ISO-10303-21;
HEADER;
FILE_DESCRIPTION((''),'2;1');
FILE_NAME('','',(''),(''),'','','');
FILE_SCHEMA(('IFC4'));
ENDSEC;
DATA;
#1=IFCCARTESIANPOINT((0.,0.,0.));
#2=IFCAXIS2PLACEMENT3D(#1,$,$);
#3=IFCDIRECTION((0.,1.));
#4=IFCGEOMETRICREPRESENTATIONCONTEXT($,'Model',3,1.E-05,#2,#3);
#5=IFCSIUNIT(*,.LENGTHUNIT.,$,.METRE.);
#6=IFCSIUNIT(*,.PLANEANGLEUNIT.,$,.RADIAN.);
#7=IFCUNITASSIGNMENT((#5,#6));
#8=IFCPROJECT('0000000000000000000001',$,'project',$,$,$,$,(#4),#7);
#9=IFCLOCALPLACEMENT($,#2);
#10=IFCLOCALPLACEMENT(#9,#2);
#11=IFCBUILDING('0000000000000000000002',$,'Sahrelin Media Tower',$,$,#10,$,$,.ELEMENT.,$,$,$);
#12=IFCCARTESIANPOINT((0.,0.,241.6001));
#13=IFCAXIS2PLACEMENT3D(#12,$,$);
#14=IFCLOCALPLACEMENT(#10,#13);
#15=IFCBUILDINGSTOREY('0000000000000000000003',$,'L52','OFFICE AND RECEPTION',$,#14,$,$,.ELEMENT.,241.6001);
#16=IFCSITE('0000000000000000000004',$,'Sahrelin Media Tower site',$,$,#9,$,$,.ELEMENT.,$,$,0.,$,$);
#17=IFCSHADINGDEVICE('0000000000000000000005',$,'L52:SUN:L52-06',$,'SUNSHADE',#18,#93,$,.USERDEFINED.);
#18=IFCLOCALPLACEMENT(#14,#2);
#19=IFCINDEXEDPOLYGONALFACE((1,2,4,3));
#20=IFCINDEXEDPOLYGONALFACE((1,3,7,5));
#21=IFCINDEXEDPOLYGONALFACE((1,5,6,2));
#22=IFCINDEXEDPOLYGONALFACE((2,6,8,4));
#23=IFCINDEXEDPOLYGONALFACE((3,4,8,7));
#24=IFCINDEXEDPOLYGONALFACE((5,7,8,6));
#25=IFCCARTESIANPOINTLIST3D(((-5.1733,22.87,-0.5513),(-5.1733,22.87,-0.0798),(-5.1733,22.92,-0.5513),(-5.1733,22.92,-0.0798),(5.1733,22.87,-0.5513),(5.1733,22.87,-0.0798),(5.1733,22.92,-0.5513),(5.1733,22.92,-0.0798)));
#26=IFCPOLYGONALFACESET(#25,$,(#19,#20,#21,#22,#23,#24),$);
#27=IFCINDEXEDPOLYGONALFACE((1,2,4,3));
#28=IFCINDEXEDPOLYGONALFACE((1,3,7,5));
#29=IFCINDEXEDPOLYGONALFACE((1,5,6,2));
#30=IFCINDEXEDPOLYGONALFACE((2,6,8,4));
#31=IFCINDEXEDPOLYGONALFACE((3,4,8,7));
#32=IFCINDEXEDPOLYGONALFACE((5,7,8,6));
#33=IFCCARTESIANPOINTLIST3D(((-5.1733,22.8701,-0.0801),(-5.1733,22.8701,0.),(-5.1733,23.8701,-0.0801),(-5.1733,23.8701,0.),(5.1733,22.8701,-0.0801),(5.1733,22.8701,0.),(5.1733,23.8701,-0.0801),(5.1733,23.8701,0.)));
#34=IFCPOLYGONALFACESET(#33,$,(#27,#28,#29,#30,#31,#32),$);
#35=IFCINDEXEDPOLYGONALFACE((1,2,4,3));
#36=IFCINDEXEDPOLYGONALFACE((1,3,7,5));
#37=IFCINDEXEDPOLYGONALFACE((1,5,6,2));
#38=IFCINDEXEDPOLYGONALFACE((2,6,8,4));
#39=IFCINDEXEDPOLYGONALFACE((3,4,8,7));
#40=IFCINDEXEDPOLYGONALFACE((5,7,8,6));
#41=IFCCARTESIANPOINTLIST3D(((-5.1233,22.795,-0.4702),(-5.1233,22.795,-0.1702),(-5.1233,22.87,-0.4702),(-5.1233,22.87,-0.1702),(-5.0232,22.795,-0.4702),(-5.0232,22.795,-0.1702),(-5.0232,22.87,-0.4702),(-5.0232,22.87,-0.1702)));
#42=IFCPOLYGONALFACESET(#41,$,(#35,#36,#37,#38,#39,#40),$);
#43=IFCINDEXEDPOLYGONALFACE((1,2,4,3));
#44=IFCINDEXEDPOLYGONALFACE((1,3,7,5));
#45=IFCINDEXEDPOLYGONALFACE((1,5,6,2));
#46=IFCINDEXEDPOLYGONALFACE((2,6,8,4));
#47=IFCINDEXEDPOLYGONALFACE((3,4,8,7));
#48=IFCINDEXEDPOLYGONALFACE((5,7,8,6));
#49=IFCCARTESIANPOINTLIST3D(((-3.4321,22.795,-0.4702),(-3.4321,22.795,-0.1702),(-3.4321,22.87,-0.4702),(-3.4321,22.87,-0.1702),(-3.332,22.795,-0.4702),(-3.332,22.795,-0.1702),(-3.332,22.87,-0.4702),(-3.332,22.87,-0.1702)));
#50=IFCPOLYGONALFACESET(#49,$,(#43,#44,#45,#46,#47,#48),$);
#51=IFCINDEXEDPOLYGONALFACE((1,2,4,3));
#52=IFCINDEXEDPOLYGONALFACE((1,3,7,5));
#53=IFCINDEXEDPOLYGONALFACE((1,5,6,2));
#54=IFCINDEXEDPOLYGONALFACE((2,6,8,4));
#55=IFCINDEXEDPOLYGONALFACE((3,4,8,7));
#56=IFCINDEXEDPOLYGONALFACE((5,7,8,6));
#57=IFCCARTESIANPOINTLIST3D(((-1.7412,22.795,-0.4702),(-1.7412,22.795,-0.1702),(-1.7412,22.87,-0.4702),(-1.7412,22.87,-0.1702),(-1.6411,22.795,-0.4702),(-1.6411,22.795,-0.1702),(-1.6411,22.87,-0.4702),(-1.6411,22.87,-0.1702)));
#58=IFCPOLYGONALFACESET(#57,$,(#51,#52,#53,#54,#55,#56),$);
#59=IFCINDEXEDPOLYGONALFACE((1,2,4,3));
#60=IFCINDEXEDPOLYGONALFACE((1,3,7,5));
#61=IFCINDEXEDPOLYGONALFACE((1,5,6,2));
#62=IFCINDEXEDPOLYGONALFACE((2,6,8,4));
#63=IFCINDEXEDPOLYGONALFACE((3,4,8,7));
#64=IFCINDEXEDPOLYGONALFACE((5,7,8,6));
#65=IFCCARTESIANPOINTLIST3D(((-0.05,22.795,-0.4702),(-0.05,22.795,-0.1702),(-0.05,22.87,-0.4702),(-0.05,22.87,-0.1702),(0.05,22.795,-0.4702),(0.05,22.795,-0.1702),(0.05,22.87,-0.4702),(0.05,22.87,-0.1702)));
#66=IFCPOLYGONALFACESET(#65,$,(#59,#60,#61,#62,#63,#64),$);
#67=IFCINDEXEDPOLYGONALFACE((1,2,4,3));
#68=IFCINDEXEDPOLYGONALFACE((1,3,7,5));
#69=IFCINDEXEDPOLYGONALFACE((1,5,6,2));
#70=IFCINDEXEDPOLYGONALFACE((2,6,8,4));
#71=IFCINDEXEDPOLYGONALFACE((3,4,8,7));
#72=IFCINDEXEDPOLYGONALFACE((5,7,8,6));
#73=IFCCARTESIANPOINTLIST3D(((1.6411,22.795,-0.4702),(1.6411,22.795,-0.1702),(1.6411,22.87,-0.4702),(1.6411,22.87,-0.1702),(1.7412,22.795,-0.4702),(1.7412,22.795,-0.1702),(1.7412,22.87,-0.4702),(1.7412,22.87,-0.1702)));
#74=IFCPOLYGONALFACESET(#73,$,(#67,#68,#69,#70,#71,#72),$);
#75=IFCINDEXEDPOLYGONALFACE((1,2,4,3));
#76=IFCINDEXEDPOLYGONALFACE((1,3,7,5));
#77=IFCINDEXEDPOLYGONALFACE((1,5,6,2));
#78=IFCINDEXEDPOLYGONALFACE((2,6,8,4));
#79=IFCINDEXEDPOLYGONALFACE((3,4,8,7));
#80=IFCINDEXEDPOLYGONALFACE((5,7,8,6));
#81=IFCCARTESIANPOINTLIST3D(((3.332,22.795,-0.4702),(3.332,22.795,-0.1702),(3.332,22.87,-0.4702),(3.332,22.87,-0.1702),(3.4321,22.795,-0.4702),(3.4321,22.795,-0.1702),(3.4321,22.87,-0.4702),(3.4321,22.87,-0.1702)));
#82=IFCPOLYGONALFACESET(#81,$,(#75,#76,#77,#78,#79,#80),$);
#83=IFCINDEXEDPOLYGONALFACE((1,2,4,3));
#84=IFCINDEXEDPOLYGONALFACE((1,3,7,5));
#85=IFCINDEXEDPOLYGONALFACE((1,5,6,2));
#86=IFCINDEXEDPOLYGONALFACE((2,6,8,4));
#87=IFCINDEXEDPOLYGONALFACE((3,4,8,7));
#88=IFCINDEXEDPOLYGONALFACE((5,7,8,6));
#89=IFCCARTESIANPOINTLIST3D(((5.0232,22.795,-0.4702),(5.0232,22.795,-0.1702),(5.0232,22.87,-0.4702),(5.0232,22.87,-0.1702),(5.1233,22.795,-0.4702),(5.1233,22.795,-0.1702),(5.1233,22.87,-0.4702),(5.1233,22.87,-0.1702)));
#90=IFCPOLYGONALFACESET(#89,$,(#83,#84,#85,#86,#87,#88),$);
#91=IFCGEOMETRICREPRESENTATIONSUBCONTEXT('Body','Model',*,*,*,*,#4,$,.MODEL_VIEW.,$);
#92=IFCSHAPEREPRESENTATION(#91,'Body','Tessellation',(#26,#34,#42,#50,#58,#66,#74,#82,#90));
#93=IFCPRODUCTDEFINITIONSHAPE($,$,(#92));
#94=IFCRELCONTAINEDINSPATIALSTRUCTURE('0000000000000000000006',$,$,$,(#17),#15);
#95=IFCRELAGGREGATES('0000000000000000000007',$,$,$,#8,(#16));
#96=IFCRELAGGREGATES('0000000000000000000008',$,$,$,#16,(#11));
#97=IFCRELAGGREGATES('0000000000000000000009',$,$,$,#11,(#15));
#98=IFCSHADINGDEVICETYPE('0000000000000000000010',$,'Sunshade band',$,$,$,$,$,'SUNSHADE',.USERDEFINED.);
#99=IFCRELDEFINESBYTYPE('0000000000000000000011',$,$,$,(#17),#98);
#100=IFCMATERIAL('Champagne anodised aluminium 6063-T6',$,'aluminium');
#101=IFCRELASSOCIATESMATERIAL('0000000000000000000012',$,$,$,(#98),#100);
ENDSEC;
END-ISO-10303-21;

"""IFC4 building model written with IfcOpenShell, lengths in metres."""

from ifc_helpers import new_model, si_unit, direction, frame, origin, origin_2d, place, context, subcontext, project, spatial, rectangle, extrude, material, type_object, element, save


model = new_model("IFC4")

# Units and contexts
model_context = context("Model", 3, precision=1e-05, world=origin(), true_north=direction((0.0, 1.0)))
body_context = subcontext(model_context, "Body", "Model", "MODEL_VIEW")
ifc_project = project(units=[si_unit("LENGTHUNIT", "METRE"), si_unit("PLANEANGLEUNIT", "RADIAN")], contexts=[model_context])

# Site, building, storey
site_placement = place(None, origin())
site = spatial("IfcSite", under=ifc_project, at=site_placement, Name="Sahrelin Media Tower site", CompositionType="ELEMENT", RefElevation=0.0)
building_placement = place(site_placement, origin())
building = spatial("IfcBuilding", under=site, at=building_placement, Name="Sahrelin Media Tower", CompositionType="ELEMENT")
storey_placement = place(building_placement, frame((0.0, 0.0, 241.6001)))
storey = spatial("IfcBuildingStorey", under=building, at=storey_placement, Name="L52", Description="OFFICE AND RECEPTION", CompositionType="ELEMENT", Elevation=241.6001)

# Shared definitions
ifc_material_1 = material(Name="Champagne anodised aluminium 6063-T6", Category="aluminium")

# Shared definitions
placement_1 = place(storey_placement, frame((0.0, 22.8501, 0.0), z_axis=(0.0, 0.0, 1.0), x_axis=(1.0, 0.0, 0.0)))

# Shading device
shading_device_type_1 = type_object("IfcShadingDeviceType", Name="Sunshade band", ElementType="SUNSHADE", PredefinedType="USERDEFINED", material=ifc_material_1)
element("IfcShadingDevice", 1, at=placement_1, inside=storey, type_object=shading_device_type_1, Name="L52:SUN:L52-06", ObjectType="SUNSHADE", PredefinedType="USERDEFINED", context=body_context, shape_type="SweptSolid", body=[
    extrude(rectangle(XDim=10.3467, YDim=0.05, at=origin_2d()), frame((0.0, 0.0449, -0.5513)), (0.0, 0.0, 1.0), 0.4714),
    extrude(rectangle(XDim=10.3467, YDim=1.0, at=origin_2d()), frame((0.0, 0.52, -0.0801)), (0.0, 0.0, 1.0), 0.0801),
    extrude(rectangle(XDim=0.1001, YDim=0.075, at=origin_2d()), frame((-5.0732, -0.0176, -0.4702)), (0.0, 0.0, 1.0), 0.3),
    extrude(rectangle(XDim=0.1001, YDim=0.075, at=origin_2d()), frame((-3.3821, -0.0176, -0.4702)), (0.0, 0.0, 1.0), 0.3),
    extrude(rectangle(XDim=0.1001, YDim=0.075, at=origin_2d()), frame((-1.6912, -0.0176, -0.4702)), (0.0, 0.0, 1.0), 0.3),
    extrude(rectangle(XDim=0.1001, YDim=0.075, at=origin_2d()), frame((0.0, -0.0176, -0.4702)), (0.0, 0.0, 1.0), 0.3),
    extrude(rectangle(XDim=0.1001, YDim=0.075, at=origin_2d()), frame((1.6912, -0.0176, -0.4702)), (0.0, 0.0, 1.0), 0.3),
    extrude(rectangle(XDim=0.1001, YDim=0.075, at=origin_2d()), frame((3.3821, -0.0176, -0.4702)), (0.0, 0.0, 1.0), 0.3),
    extrude(rectangle(XDim=0.1001, YDim=0.075, at=origin_2d()), frame((5.0732, -0.0176, -0.4702)), (0.0, 0.0, 1.0), 0.3),
])

save(model, "model.ifc")
